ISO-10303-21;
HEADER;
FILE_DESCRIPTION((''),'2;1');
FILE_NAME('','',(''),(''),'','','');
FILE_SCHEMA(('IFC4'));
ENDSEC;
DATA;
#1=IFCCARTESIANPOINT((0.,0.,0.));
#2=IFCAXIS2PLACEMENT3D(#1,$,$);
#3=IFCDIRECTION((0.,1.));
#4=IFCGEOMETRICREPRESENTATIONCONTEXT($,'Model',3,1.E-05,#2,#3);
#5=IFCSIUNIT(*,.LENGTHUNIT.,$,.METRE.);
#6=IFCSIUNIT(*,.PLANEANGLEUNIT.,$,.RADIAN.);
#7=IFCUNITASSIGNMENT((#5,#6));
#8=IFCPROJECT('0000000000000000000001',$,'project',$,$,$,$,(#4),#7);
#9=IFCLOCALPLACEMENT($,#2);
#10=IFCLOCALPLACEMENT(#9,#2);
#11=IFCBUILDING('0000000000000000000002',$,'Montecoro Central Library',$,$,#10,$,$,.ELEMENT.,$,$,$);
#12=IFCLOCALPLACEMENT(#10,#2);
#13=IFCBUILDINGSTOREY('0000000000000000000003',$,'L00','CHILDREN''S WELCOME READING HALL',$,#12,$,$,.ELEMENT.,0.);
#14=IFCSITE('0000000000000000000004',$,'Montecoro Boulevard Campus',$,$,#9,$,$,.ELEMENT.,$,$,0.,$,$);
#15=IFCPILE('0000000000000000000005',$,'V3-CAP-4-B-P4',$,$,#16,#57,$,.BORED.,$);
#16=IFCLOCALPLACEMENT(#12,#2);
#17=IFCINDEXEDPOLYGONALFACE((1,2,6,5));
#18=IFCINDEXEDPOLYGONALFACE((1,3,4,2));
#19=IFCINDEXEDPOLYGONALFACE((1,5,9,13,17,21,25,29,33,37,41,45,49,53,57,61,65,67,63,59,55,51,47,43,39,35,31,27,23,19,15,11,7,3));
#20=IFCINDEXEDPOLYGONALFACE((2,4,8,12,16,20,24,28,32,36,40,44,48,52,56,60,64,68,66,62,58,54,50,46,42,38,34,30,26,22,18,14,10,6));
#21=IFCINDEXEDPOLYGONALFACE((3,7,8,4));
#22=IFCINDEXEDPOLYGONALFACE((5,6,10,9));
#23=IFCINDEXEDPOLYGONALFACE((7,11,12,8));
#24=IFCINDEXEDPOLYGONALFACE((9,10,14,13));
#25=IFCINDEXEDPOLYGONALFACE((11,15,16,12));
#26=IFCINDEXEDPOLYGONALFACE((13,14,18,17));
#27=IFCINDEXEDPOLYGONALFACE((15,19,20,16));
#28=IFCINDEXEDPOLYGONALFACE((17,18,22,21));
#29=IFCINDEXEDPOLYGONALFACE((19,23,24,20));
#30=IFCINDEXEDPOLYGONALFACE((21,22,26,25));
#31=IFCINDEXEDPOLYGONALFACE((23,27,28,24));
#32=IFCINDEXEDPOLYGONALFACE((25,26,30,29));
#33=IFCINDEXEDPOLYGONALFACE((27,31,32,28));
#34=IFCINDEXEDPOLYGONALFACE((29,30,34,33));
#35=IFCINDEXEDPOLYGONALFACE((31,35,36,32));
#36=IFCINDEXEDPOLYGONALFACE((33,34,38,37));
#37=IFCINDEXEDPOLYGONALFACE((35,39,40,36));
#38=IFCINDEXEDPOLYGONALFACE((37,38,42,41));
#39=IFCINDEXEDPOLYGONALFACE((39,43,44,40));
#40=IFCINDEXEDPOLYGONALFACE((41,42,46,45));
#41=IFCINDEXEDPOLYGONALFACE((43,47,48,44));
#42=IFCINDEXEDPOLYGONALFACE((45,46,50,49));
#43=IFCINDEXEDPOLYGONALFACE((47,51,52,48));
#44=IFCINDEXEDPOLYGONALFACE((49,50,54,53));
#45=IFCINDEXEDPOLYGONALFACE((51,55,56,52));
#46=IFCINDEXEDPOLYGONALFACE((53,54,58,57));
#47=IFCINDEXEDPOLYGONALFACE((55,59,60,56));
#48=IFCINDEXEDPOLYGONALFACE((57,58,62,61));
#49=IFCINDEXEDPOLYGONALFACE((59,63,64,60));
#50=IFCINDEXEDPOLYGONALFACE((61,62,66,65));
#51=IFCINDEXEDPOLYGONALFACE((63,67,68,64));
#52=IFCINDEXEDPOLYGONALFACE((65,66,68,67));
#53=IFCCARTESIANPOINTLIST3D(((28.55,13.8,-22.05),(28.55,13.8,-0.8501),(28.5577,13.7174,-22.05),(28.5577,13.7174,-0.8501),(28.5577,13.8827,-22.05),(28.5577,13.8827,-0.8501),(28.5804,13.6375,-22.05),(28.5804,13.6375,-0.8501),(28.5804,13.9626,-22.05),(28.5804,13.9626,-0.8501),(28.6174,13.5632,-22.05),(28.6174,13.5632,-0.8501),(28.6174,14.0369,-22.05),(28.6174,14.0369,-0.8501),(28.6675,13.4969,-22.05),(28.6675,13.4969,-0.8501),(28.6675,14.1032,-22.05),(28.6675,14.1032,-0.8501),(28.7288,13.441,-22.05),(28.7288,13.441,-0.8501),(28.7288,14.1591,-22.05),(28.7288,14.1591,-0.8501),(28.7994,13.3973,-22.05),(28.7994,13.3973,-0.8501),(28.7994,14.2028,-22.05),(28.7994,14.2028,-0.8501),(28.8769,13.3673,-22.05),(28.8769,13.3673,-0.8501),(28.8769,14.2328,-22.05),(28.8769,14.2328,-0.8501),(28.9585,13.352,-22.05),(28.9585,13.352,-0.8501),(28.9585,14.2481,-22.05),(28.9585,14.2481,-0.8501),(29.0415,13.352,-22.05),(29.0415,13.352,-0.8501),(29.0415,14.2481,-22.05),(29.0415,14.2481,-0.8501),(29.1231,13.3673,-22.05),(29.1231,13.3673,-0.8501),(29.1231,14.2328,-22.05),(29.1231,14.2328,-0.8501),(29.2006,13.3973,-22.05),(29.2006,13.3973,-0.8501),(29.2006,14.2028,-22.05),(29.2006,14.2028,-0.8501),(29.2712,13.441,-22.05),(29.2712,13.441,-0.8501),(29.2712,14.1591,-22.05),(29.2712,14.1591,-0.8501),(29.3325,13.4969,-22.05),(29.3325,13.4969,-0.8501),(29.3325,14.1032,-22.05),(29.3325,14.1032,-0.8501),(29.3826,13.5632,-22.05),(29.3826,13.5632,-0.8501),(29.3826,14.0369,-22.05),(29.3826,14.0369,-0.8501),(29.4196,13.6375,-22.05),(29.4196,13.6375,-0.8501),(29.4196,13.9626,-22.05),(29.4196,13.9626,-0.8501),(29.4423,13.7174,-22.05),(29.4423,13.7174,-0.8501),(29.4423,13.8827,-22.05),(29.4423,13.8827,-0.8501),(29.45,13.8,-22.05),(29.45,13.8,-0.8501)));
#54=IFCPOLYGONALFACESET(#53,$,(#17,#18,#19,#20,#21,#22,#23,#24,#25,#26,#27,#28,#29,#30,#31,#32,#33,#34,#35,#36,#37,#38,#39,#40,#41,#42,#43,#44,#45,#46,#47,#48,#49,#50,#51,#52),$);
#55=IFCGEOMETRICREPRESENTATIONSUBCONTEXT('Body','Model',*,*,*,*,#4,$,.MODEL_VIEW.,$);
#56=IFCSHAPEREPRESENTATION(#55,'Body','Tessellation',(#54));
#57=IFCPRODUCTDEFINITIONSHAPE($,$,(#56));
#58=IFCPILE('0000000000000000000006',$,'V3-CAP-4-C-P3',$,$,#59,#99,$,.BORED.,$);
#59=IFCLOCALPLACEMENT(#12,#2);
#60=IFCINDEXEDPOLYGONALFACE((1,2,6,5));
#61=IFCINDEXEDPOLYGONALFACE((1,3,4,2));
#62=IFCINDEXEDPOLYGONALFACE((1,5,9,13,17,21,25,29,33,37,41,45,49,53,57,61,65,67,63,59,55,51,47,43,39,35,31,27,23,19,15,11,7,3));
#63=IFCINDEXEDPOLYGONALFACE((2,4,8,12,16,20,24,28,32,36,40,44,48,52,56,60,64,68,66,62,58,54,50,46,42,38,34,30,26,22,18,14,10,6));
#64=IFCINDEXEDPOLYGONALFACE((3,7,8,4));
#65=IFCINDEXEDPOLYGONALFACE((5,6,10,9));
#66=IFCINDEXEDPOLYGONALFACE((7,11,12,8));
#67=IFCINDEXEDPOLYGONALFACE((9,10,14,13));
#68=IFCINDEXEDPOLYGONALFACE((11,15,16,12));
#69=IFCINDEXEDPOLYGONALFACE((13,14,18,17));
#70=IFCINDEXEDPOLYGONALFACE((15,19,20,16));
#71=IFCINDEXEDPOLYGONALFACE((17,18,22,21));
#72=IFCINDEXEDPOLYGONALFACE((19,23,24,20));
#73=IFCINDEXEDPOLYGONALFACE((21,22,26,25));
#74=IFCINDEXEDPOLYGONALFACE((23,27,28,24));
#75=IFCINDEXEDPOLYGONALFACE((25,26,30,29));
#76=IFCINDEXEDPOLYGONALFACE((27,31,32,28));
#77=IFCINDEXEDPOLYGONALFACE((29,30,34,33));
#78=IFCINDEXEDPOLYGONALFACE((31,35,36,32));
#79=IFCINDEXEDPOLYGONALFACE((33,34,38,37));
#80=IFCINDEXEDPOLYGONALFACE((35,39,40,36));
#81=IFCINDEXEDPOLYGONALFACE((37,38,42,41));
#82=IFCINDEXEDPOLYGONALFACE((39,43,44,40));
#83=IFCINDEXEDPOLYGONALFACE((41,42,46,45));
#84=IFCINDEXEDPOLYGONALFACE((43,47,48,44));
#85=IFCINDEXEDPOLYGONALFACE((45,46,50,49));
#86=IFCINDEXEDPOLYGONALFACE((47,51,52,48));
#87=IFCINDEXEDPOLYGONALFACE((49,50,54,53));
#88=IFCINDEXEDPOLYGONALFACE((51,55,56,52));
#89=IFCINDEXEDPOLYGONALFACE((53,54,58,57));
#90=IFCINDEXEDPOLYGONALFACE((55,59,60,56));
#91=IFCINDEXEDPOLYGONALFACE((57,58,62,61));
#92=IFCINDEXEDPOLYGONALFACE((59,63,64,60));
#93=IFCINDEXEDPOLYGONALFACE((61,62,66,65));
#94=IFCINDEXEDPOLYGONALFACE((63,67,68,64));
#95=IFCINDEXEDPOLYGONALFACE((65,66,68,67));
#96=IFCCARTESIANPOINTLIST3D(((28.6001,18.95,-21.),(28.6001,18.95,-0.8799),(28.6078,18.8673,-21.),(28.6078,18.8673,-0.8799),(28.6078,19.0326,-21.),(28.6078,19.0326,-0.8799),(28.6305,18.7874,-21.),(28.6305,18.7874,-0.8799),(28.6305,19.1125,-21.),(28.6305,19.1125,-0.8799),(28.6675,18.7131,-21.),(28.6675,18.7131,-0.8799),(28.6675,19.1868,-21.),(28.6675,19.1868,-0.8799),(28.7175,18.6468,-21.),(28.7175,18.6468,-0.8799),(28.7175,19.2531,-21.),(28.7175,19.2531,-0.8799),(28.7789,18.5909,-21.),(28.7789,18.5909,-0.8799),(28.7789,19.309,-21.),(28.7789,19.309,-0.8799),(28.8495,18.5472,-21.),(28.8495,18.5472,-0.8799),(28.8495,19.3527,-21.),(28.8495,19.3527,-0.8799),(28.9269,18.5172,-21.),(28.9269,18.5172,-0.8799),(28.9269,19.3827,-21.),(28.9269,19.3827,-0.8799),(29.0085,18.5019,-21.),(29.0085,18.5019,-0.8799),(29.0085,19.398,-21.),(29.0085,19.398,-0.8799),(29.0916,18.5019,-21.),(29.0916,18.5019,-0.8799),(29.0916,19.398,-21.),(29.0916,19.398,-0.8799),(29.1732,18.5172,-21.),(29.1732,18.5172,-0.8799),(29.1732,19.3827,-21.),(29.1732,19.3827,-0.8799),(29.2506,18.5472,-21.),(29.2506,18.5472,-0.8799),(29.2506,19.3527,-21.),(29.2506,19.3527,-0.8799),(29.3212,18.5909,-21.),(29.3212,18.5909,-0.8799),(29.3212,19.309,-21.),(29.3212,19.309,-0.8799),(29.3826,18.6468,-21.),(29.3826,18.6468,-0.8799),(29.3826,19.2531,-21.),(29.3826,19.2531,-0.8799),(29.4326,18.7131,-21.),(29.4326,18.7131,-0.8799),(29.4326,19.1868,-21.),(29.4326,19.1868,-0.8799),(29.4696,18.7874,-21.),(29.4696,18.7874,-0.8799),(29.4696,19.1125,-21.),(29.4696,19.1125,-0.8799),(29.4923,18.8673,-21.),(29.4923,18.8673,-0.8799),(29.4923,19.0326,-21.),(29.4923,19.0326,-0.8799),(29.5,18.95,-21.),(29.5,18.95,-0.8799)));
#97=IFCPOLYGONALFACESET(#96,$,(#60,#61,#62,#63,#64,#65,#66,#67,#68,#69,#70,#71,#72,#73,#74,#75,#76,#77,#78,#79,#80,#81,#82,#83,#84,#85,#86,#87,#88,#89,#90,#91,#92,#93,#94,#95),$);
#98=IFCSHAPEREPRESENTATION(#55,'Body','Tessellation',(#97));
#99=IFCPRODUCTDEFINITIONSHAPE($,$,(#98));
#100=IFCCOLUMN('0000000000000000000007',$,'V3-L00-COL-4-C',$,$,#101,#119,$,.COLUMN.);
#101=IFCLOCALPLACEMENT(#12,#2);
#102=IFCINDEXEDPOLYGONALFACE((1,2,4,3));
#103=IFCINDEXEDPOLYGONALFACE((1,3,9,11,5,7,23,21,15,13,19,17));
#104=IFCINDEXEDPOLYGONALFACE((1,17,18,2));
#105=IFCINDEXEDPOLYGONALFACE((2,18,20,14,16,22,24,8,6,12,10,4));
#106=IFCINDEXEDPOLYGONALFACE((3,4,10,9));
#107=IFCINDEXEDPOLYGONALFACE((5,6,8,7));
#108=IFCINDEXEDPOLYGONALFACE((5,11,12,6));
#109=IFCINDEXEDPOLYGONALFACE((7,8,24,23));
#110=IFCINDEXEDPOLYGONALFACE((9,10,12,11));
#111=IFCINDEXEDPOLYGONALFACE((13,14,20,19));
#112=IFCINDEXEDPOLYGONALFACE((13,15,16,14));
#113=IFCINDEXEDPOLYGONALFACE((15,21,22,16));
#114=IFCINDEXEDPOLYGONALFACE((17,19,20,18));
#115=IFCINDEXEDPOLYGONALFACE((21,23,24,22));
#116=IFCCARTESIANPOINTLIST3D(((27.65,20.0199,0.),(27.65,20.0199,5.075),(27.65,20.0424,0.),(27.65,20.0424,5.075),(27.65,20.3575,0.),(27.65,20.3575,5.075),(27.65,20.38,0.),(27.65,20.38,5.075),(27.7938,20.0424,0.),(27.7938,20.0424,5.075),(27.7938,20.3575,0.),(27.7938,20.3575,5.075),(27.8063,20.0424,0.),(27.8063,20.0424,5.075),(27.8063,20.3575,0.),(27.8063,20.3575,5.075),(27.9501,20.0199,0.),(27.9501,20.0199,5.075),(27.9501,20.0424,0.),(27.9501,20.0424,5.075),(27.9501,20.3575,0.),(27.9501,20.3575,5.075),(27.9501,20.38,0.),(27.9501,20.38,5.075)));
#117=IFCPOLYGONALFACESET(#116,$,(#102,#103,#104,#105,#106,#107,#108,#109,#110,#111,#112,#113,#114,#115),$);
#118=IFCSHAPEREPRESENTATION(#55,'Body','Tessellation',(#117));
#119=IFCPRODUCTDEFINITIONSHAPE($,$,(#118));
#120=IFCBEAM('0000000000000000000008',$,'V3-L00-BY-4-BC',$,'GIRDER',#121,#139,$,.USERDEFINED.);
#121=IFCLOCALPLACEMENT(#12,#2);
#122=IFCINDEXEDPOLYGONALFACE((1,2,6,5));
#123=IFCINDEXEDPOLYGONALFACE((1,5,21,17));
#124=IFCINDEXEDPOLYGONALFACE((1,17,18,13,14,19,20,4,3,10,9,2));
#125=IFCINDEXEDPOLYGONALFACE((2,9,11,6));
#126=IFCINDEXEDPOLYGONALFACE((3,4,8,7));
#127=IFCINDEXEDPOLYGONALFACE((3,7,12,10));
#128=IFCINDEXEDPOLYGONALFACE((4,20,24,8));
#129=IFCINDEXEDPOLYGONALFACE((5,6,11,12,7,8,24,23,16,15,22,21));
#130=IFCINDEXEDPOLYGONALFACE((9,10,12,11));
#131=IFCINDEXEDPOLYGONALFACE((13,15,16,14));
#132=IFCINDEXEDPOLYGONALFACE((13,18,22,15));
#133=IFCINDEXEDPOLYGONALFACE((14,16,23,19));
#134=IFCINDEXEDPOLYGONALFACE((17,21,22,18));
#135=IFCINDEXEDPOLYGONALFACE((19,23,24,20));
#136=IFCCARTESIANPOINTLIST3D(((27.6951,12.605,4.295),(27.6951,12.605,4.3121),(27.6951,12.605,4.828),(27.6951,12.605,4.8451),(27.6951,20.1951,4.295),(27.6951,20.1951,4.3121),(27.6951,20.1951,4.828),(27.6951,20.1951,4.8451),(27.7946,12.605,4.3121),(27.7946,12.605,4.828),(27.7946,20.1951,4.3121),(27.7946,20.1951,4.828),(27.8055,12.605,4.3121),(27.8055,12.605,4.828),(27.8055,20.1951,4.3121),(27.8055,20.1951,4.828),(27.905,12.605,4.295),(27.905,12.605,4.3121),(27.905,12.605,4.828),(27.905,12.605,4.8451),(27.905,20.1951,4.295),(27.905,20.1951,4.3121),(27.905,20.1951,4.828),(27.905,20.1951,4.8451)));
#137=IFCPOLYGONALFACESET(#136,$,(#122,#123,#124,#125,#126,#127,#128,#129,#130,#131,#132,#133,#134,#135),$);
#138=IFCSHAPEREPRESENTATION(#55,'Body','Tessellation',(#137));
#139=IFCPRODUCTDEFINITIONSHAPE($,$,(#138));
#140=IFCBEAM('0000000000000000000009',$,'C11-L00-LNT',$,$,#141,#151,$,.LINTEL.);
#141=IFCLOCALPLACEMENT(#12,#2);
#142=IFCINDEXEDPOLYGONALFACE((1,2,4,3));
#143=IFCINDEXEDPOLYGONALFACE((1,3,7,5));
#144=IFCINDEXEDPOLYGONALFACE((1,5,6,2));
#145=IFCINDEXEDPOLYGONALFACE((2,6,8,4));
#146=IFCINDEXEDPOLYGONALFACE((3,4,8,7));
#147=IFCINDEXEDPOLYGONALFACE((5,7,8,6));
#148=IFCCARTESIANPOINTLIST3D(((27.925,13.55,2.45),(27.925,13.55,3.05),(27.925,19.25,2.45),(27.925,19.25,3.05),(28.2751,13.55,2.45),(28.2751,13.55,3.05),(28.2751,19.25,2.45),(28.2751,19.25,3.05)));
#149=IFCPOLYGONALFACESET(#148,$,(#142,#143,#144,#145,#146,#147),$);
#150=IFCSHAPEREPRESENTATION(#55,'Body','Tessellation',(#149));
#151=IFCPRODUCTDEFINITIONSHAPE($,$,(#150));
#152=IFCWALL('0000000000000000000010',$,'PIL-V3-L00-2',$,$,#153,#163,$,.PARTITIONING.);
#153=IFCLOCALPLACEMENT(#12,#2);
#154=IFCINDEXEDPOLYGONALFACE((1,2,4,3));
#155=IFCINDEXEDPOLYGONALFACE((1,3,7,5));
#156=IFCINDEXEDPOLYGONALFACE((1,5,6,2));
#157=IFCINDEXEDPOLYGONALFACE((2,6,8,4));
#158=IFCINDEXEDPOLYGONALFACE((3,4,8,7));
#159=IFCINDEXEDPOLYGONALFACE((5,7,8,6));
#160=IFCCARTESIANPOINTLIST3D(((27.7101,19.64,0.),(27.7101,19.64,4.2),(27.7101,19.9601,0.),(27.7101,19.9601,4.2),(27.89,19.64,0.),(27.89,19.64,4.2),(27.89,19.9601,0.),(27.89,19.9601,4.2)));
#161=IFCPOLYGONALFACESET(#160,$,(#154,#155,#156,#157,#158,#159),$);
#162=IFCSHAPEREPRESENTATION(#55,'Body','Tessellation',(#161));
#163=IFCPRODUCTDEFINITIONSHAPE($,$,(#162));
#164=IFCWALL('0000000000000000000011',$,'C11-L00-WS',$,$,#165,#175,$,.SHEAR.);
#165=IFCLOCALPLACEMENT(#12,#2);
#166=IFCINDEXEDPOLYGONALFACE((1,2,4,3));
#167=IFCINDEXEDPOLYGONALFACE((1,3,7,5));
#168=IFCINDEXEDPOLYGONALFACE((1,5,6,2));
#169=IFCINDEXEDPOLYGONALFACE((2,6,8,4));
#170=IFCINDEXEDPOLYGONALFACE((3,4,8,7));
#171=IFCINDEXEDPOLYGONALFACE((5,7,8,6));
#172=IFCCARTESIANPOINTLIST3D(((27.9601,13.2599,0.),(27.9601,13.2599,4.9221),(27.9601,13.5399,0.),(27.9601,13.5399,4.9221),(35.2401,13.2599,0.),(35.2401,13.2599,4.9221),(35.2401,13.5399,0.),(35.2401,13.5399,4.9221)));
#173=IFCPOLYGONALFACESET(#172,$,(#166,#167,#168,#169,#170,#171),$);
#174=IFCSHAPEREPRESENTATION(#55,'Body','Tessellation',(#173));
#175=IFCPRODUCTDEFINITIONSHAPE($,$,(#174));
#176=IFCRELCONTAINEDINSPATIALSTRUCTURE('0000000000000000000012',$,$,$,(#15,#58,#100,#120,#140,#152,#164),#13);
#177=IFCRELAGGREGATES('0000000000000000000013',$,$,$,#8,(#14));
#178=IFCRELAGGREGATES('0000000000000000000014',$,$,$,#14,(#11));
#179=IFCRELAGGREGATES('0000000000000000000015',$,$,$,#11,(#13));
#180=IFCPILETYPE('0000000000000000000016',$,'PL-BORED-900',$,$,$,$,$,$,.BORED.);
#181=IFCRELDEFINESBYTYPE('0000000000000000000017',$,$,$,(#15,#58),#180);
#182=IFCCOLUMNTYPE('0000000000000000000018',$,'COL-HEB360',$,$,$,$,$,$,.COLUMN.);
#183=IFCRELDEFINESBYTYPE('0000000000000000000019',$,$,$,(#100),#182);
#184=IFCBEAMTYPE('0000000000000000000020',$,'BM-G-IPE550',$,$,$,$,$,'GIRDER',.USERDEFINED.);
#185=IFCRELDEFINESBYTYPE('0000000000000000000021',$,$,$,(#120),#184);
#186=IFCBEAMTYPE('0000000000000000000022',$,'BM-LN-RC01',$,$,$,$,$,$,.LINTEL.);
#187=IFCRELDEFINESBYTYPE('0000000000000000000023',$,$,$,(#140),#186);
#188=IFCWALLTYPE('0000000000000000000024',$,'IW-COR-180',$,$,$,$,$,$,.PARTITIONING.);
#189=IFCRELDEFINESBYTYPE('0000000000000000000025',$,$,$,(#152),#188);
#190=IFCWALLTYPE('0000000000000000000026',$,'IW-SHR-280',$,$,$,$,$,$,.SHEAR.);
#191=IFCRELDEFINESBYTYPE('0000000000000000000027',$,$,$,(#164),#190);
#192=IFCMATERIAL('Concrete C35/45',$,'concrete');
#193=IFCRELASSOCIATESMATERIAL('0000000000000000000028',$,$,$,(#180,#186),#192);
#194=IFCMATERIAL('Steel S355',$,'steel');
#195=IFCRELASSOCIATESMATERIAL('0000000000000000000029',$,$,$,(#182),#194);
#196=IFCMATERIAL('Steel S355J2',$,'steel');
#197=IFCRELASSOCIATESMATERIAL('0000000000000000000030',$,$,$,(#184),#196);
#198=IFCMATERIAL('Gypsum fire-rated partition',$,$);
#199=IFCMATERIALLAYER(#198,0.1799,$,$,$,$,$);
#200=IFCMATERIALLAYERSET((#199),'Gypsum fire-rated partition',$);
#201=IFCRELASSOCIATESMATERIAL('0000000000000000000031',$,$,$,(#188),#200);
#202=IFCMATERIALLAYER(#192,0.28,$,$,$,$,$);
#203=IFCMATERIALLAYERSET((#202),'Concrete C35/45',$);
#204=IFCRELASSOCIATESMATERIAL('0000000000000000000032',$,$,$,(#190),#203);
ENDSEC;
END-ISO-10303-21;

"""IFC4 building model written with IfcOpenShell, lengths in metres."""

from ifc_helpers import new_model, si_unit, direction, frame, frame_2d, origin, origin_2d, place, context, subcontext, project, spatial, rectangle, circle, i_section, extrude, material, layer, layer_set, material_profile, profile_set, type_object, element, save


model = new_model("IFC4")

# Units and contexts
model_context = context("Model", 3, precision=1e-05, world=origin(), true_north=direction((0.0, 1.0)))
body_context = subcontext(model_context, "Body", "Model", "MODEL_VIEW")
ifc_project = project(units=[si_unit("LENGTHUNIT", "METRE"), si_unit("PLANEANGLEUNIT", "RADIAN")], contexts=[model_context])

# Site, building, storey
site_placement = place(None, origin())
site = spatial("IfcSite", under=ifc_project, at=site_placement, Name="Montecoro Boulevard Campus", CompositionType="ELEMENT", RefElevation=0.0)
building_placement = place(site_placement, origin())
building = spatial("IfcBuilding", under=site, at=building_placement, Name="Montecoro Central Library", CompositionType="ELEMENT")
storey_placement = place(building_placement, origin())
storey = spatial("IfcBuildingStorey", under=building, at=storey_placement, Name="L00", Description="CHILDREN'S WELCOME READING HALL", CompositionType="ELEMENT", Elevation=0.0)

# Shared definitions
ifc_material_1 = material(Name="Concrete C35/45", Category="concrete")

# Piles
ifc_material_profile_1 = material_profile(ifc_material_1, circle(Radius=0.45, at=origin_2d()), Name="PILE D900")
ifc_profile_set_1 = profile_set([ifc_material_profile_1], Name="Concrete C35/45")
pile_type_1 = type_object("IfcPileType", Name="PL-BORED-900", PredefinedType="BORED", material=ifc_profile_set_1)
pile_1_placement = place(storey_placement, frame((29.0, 13.8, -0.8501), z_axis=(0.0, 0.0, -1.0), x_axis=(1.0, 0.0, 0.0)))
element("IfcPile", 1, at=pile_1_placement, inside=storey, type_object=pile_type_1, Name="V3-CAP-4-B-P4", PredefinedType="BORED", context=body_context, shape_type="SweptSolid", body=[
    extrude(circle(Radius=0.45, at=origin_2d()), origin(), (0.0, 0.0, 1.0), 21.2),
])
pile_2_placement = place(storey_placement, frame((29.05, 18.95, -0.8799), z_axis=(0.0, 0.0, -1.0), x_axis=(1.0, 0.0, 0.0)))
element("IfcPile", 2, at=pile_2_placement, inside=storey, type_object=pile_type_1, Name="V3-CAP-4-C-P3", PredefinedType="BORED", context=body_context, shape_type="SweptSolid", body=[
    extrude(circle(Radius=0.45, at=origin_2d()), origin(), (0.0, 0.0, 1.0), 20.1201),
])

# Column
ifc_material_2 = material(Name="Steel S355", Category="steel")
ifc_material_profile_2 = material_profile(ifc_material_2, i_section(OverallWidth=0.3, OverallDepth=0.3601, WebThickness=0.0125, FlangeThickness=0.0225, at=origin_2d()), Name="HEB 360")
ifc_profile_set_2 = profile_set([ifc_material_profile_2], Name="Steel S355")
column_type = type_object("IfcColumnType", Name="COL-HEB360", PredefinedType="COLUMN", material=ifc_profile_set_2)
column_placement = place(storey_placement, frame((27.8, 20.2, 0.0), z_axis=(0.0, 0.0, 1.0), x_axis=(1.0, 0.0, 0.0)))
element("IfcColumn", 3, at=column_placement, inside=storey, type_object=column_type, Name="V3-L00-COL-4-C", PredefinedType="COLUMN", context=body_context, shape_type="SweptSolid", body=[
    extrude(i_section(OverallWidth=0.3, OverallDepth=0.3601, WebThickness=0.0125, FlangeThickness=0.0225, at=origin_2d()), origin(), (0.0, 0.0, 1.0), 5.075),
])

# Beams
ifc_material_3 = material(Name="Steel S355J2", Category="steel")
ifc_material_profile_3 = material_profile(ifc_material_3, i_section(OverallWidth=0.21, OverallDepth=0.55, WebThickness=0.011, FlangeThickness=0.0171, at=origin_2d()), Name="IPE 550")
ifc_profile_set_3 = profile_set([ifc_material_profile_3], Name="Steel S355J2")
beam_type_1 = type_object("IfcBeamType", Name="BM-G-IPE550", ElementType="GIRDER", PredefinedType="USERDEFINED", material=ifc_profile_set_3)
beam_1_placement = place(storey_placement, frame((27.8, 12.605, 4.5701), z_axis=(0.0, 1.0, 0.0), x_axis=(-1.0, 0.0, 0.0)))
element("IfcBeam", 4, at=beam_1_placement, inside=storey, type_object=beam_type_1, Name="V3-L00-BY-4-BC", ObjectType="GIRDER", PredefinedType="USERDEFINED", context=body_context, shape_type="SweptSolid", body=[
    extrude(i_section(OverallWidth=0.21, OverallDepth=0.55, WebThickness=0.011, FlangeThickness=0.0171, at=origin_2d()), origin(), (0.0, 0.0, 1.0), 7.5901),
])
ifc_material_profile_4 = material_profile(ifc_material_1, rectangle(XDim=0.3501, YDim=0.6001, at=origin_2d()), Name="RC LNT 600x350")
ifc_profile_set_4 = profile_set([ifc_material_profile_4], Name="Concrete C35/45")
beam_type_2 = type_object("IfcBeamType", Name="BM-LN-RC01", PredefinedType="LINTEL", material=ifc_profile_set_4)
beam_2_placement = place(storey_placement, frame((28.1001, 13.55, 2.75), z_axis=(0.0, 1.0, 0.0), x_axis=(-1.0, 0.0, 0.0)))
element("IfcBeam", 5, at=beam_2_placement, inside=storey, type_object=beam_type_2, Name="C11-L00-LNT", PredefinedType="LINTEL", context=body_context, shape_type="SweptSolid", body=[
    extrude(rectangle(XDim=0.3501, YDim=0.6001, at=origin_2d()), origin(), (0.0, 0.0, 1.0), 5.7),
])

# Walls
ifc_material_4 = material(Name="Gypsum fire-rated partition")
ifc_layer_1 = layer(ifc_material_4, 0.1799)
ifc_layer_set_1 = layer_set([ifc_layer_1], Name="Gypsum fire-rated partition")
wall_type_1 = type_object("IfcWallType", Name="IW-COR-180", PredefinedType="PARTITIONING", material=ifc_layer_set_1)
wall_1_placement = place(storey_placement, frame((27.8, 19.6399, 0.0), z_axis=(0.0, 0.0, 1.0), x_axis=(0.0, 1.0, 0.0)))
element("IfcWall", 6, at=wall_1_placement, inside=storey, type_object=wall_type_1, Name="PIL-V3-L00-2", PredefinedType="PARTITIONING", context=body_context, shape_type="SweptSolid", body=[
    extrude(rectangle(XDim=0.3201, YDim=0.1799, at=frame_2d((0.1602, 0.0))), origin(), (0.0, 0.0, 1.0), 4.2),
])
ifc_layer_2 = layer(ifc_material_1, 0.28)
ifc_layer_set_2 = layer_set([ifc_layer_2], Name="Concrete C35/45")
wall_type_2 = type_object("IfcWallType", Name="IW-SHR-280", PredefinedType="SHEAR", material=ifc_layer_set_2)
wall_2_placement = place(storey_placement, frame((27.96, 13.3999, 0.0), z_axis=(0.0, 0.0, 1.0), x_axis=(1.0, 0.0, 0.0)))
element("IfcWall", 7, at=wall_2_placement, inside=storey, type_object=wall_type_2, Name="C11-L00-WS", PredefinedType="SHEAR", context=body_context, shape_type="SweptSolid", body=[
    extrude(rectangle(XDim=7.28, YDim=0.28, at=frame_2d((3.6401, 0.0))), origin(), (0.0, 0.0, 1.0), 4.9221),
])

save(model, "model.ifc")
